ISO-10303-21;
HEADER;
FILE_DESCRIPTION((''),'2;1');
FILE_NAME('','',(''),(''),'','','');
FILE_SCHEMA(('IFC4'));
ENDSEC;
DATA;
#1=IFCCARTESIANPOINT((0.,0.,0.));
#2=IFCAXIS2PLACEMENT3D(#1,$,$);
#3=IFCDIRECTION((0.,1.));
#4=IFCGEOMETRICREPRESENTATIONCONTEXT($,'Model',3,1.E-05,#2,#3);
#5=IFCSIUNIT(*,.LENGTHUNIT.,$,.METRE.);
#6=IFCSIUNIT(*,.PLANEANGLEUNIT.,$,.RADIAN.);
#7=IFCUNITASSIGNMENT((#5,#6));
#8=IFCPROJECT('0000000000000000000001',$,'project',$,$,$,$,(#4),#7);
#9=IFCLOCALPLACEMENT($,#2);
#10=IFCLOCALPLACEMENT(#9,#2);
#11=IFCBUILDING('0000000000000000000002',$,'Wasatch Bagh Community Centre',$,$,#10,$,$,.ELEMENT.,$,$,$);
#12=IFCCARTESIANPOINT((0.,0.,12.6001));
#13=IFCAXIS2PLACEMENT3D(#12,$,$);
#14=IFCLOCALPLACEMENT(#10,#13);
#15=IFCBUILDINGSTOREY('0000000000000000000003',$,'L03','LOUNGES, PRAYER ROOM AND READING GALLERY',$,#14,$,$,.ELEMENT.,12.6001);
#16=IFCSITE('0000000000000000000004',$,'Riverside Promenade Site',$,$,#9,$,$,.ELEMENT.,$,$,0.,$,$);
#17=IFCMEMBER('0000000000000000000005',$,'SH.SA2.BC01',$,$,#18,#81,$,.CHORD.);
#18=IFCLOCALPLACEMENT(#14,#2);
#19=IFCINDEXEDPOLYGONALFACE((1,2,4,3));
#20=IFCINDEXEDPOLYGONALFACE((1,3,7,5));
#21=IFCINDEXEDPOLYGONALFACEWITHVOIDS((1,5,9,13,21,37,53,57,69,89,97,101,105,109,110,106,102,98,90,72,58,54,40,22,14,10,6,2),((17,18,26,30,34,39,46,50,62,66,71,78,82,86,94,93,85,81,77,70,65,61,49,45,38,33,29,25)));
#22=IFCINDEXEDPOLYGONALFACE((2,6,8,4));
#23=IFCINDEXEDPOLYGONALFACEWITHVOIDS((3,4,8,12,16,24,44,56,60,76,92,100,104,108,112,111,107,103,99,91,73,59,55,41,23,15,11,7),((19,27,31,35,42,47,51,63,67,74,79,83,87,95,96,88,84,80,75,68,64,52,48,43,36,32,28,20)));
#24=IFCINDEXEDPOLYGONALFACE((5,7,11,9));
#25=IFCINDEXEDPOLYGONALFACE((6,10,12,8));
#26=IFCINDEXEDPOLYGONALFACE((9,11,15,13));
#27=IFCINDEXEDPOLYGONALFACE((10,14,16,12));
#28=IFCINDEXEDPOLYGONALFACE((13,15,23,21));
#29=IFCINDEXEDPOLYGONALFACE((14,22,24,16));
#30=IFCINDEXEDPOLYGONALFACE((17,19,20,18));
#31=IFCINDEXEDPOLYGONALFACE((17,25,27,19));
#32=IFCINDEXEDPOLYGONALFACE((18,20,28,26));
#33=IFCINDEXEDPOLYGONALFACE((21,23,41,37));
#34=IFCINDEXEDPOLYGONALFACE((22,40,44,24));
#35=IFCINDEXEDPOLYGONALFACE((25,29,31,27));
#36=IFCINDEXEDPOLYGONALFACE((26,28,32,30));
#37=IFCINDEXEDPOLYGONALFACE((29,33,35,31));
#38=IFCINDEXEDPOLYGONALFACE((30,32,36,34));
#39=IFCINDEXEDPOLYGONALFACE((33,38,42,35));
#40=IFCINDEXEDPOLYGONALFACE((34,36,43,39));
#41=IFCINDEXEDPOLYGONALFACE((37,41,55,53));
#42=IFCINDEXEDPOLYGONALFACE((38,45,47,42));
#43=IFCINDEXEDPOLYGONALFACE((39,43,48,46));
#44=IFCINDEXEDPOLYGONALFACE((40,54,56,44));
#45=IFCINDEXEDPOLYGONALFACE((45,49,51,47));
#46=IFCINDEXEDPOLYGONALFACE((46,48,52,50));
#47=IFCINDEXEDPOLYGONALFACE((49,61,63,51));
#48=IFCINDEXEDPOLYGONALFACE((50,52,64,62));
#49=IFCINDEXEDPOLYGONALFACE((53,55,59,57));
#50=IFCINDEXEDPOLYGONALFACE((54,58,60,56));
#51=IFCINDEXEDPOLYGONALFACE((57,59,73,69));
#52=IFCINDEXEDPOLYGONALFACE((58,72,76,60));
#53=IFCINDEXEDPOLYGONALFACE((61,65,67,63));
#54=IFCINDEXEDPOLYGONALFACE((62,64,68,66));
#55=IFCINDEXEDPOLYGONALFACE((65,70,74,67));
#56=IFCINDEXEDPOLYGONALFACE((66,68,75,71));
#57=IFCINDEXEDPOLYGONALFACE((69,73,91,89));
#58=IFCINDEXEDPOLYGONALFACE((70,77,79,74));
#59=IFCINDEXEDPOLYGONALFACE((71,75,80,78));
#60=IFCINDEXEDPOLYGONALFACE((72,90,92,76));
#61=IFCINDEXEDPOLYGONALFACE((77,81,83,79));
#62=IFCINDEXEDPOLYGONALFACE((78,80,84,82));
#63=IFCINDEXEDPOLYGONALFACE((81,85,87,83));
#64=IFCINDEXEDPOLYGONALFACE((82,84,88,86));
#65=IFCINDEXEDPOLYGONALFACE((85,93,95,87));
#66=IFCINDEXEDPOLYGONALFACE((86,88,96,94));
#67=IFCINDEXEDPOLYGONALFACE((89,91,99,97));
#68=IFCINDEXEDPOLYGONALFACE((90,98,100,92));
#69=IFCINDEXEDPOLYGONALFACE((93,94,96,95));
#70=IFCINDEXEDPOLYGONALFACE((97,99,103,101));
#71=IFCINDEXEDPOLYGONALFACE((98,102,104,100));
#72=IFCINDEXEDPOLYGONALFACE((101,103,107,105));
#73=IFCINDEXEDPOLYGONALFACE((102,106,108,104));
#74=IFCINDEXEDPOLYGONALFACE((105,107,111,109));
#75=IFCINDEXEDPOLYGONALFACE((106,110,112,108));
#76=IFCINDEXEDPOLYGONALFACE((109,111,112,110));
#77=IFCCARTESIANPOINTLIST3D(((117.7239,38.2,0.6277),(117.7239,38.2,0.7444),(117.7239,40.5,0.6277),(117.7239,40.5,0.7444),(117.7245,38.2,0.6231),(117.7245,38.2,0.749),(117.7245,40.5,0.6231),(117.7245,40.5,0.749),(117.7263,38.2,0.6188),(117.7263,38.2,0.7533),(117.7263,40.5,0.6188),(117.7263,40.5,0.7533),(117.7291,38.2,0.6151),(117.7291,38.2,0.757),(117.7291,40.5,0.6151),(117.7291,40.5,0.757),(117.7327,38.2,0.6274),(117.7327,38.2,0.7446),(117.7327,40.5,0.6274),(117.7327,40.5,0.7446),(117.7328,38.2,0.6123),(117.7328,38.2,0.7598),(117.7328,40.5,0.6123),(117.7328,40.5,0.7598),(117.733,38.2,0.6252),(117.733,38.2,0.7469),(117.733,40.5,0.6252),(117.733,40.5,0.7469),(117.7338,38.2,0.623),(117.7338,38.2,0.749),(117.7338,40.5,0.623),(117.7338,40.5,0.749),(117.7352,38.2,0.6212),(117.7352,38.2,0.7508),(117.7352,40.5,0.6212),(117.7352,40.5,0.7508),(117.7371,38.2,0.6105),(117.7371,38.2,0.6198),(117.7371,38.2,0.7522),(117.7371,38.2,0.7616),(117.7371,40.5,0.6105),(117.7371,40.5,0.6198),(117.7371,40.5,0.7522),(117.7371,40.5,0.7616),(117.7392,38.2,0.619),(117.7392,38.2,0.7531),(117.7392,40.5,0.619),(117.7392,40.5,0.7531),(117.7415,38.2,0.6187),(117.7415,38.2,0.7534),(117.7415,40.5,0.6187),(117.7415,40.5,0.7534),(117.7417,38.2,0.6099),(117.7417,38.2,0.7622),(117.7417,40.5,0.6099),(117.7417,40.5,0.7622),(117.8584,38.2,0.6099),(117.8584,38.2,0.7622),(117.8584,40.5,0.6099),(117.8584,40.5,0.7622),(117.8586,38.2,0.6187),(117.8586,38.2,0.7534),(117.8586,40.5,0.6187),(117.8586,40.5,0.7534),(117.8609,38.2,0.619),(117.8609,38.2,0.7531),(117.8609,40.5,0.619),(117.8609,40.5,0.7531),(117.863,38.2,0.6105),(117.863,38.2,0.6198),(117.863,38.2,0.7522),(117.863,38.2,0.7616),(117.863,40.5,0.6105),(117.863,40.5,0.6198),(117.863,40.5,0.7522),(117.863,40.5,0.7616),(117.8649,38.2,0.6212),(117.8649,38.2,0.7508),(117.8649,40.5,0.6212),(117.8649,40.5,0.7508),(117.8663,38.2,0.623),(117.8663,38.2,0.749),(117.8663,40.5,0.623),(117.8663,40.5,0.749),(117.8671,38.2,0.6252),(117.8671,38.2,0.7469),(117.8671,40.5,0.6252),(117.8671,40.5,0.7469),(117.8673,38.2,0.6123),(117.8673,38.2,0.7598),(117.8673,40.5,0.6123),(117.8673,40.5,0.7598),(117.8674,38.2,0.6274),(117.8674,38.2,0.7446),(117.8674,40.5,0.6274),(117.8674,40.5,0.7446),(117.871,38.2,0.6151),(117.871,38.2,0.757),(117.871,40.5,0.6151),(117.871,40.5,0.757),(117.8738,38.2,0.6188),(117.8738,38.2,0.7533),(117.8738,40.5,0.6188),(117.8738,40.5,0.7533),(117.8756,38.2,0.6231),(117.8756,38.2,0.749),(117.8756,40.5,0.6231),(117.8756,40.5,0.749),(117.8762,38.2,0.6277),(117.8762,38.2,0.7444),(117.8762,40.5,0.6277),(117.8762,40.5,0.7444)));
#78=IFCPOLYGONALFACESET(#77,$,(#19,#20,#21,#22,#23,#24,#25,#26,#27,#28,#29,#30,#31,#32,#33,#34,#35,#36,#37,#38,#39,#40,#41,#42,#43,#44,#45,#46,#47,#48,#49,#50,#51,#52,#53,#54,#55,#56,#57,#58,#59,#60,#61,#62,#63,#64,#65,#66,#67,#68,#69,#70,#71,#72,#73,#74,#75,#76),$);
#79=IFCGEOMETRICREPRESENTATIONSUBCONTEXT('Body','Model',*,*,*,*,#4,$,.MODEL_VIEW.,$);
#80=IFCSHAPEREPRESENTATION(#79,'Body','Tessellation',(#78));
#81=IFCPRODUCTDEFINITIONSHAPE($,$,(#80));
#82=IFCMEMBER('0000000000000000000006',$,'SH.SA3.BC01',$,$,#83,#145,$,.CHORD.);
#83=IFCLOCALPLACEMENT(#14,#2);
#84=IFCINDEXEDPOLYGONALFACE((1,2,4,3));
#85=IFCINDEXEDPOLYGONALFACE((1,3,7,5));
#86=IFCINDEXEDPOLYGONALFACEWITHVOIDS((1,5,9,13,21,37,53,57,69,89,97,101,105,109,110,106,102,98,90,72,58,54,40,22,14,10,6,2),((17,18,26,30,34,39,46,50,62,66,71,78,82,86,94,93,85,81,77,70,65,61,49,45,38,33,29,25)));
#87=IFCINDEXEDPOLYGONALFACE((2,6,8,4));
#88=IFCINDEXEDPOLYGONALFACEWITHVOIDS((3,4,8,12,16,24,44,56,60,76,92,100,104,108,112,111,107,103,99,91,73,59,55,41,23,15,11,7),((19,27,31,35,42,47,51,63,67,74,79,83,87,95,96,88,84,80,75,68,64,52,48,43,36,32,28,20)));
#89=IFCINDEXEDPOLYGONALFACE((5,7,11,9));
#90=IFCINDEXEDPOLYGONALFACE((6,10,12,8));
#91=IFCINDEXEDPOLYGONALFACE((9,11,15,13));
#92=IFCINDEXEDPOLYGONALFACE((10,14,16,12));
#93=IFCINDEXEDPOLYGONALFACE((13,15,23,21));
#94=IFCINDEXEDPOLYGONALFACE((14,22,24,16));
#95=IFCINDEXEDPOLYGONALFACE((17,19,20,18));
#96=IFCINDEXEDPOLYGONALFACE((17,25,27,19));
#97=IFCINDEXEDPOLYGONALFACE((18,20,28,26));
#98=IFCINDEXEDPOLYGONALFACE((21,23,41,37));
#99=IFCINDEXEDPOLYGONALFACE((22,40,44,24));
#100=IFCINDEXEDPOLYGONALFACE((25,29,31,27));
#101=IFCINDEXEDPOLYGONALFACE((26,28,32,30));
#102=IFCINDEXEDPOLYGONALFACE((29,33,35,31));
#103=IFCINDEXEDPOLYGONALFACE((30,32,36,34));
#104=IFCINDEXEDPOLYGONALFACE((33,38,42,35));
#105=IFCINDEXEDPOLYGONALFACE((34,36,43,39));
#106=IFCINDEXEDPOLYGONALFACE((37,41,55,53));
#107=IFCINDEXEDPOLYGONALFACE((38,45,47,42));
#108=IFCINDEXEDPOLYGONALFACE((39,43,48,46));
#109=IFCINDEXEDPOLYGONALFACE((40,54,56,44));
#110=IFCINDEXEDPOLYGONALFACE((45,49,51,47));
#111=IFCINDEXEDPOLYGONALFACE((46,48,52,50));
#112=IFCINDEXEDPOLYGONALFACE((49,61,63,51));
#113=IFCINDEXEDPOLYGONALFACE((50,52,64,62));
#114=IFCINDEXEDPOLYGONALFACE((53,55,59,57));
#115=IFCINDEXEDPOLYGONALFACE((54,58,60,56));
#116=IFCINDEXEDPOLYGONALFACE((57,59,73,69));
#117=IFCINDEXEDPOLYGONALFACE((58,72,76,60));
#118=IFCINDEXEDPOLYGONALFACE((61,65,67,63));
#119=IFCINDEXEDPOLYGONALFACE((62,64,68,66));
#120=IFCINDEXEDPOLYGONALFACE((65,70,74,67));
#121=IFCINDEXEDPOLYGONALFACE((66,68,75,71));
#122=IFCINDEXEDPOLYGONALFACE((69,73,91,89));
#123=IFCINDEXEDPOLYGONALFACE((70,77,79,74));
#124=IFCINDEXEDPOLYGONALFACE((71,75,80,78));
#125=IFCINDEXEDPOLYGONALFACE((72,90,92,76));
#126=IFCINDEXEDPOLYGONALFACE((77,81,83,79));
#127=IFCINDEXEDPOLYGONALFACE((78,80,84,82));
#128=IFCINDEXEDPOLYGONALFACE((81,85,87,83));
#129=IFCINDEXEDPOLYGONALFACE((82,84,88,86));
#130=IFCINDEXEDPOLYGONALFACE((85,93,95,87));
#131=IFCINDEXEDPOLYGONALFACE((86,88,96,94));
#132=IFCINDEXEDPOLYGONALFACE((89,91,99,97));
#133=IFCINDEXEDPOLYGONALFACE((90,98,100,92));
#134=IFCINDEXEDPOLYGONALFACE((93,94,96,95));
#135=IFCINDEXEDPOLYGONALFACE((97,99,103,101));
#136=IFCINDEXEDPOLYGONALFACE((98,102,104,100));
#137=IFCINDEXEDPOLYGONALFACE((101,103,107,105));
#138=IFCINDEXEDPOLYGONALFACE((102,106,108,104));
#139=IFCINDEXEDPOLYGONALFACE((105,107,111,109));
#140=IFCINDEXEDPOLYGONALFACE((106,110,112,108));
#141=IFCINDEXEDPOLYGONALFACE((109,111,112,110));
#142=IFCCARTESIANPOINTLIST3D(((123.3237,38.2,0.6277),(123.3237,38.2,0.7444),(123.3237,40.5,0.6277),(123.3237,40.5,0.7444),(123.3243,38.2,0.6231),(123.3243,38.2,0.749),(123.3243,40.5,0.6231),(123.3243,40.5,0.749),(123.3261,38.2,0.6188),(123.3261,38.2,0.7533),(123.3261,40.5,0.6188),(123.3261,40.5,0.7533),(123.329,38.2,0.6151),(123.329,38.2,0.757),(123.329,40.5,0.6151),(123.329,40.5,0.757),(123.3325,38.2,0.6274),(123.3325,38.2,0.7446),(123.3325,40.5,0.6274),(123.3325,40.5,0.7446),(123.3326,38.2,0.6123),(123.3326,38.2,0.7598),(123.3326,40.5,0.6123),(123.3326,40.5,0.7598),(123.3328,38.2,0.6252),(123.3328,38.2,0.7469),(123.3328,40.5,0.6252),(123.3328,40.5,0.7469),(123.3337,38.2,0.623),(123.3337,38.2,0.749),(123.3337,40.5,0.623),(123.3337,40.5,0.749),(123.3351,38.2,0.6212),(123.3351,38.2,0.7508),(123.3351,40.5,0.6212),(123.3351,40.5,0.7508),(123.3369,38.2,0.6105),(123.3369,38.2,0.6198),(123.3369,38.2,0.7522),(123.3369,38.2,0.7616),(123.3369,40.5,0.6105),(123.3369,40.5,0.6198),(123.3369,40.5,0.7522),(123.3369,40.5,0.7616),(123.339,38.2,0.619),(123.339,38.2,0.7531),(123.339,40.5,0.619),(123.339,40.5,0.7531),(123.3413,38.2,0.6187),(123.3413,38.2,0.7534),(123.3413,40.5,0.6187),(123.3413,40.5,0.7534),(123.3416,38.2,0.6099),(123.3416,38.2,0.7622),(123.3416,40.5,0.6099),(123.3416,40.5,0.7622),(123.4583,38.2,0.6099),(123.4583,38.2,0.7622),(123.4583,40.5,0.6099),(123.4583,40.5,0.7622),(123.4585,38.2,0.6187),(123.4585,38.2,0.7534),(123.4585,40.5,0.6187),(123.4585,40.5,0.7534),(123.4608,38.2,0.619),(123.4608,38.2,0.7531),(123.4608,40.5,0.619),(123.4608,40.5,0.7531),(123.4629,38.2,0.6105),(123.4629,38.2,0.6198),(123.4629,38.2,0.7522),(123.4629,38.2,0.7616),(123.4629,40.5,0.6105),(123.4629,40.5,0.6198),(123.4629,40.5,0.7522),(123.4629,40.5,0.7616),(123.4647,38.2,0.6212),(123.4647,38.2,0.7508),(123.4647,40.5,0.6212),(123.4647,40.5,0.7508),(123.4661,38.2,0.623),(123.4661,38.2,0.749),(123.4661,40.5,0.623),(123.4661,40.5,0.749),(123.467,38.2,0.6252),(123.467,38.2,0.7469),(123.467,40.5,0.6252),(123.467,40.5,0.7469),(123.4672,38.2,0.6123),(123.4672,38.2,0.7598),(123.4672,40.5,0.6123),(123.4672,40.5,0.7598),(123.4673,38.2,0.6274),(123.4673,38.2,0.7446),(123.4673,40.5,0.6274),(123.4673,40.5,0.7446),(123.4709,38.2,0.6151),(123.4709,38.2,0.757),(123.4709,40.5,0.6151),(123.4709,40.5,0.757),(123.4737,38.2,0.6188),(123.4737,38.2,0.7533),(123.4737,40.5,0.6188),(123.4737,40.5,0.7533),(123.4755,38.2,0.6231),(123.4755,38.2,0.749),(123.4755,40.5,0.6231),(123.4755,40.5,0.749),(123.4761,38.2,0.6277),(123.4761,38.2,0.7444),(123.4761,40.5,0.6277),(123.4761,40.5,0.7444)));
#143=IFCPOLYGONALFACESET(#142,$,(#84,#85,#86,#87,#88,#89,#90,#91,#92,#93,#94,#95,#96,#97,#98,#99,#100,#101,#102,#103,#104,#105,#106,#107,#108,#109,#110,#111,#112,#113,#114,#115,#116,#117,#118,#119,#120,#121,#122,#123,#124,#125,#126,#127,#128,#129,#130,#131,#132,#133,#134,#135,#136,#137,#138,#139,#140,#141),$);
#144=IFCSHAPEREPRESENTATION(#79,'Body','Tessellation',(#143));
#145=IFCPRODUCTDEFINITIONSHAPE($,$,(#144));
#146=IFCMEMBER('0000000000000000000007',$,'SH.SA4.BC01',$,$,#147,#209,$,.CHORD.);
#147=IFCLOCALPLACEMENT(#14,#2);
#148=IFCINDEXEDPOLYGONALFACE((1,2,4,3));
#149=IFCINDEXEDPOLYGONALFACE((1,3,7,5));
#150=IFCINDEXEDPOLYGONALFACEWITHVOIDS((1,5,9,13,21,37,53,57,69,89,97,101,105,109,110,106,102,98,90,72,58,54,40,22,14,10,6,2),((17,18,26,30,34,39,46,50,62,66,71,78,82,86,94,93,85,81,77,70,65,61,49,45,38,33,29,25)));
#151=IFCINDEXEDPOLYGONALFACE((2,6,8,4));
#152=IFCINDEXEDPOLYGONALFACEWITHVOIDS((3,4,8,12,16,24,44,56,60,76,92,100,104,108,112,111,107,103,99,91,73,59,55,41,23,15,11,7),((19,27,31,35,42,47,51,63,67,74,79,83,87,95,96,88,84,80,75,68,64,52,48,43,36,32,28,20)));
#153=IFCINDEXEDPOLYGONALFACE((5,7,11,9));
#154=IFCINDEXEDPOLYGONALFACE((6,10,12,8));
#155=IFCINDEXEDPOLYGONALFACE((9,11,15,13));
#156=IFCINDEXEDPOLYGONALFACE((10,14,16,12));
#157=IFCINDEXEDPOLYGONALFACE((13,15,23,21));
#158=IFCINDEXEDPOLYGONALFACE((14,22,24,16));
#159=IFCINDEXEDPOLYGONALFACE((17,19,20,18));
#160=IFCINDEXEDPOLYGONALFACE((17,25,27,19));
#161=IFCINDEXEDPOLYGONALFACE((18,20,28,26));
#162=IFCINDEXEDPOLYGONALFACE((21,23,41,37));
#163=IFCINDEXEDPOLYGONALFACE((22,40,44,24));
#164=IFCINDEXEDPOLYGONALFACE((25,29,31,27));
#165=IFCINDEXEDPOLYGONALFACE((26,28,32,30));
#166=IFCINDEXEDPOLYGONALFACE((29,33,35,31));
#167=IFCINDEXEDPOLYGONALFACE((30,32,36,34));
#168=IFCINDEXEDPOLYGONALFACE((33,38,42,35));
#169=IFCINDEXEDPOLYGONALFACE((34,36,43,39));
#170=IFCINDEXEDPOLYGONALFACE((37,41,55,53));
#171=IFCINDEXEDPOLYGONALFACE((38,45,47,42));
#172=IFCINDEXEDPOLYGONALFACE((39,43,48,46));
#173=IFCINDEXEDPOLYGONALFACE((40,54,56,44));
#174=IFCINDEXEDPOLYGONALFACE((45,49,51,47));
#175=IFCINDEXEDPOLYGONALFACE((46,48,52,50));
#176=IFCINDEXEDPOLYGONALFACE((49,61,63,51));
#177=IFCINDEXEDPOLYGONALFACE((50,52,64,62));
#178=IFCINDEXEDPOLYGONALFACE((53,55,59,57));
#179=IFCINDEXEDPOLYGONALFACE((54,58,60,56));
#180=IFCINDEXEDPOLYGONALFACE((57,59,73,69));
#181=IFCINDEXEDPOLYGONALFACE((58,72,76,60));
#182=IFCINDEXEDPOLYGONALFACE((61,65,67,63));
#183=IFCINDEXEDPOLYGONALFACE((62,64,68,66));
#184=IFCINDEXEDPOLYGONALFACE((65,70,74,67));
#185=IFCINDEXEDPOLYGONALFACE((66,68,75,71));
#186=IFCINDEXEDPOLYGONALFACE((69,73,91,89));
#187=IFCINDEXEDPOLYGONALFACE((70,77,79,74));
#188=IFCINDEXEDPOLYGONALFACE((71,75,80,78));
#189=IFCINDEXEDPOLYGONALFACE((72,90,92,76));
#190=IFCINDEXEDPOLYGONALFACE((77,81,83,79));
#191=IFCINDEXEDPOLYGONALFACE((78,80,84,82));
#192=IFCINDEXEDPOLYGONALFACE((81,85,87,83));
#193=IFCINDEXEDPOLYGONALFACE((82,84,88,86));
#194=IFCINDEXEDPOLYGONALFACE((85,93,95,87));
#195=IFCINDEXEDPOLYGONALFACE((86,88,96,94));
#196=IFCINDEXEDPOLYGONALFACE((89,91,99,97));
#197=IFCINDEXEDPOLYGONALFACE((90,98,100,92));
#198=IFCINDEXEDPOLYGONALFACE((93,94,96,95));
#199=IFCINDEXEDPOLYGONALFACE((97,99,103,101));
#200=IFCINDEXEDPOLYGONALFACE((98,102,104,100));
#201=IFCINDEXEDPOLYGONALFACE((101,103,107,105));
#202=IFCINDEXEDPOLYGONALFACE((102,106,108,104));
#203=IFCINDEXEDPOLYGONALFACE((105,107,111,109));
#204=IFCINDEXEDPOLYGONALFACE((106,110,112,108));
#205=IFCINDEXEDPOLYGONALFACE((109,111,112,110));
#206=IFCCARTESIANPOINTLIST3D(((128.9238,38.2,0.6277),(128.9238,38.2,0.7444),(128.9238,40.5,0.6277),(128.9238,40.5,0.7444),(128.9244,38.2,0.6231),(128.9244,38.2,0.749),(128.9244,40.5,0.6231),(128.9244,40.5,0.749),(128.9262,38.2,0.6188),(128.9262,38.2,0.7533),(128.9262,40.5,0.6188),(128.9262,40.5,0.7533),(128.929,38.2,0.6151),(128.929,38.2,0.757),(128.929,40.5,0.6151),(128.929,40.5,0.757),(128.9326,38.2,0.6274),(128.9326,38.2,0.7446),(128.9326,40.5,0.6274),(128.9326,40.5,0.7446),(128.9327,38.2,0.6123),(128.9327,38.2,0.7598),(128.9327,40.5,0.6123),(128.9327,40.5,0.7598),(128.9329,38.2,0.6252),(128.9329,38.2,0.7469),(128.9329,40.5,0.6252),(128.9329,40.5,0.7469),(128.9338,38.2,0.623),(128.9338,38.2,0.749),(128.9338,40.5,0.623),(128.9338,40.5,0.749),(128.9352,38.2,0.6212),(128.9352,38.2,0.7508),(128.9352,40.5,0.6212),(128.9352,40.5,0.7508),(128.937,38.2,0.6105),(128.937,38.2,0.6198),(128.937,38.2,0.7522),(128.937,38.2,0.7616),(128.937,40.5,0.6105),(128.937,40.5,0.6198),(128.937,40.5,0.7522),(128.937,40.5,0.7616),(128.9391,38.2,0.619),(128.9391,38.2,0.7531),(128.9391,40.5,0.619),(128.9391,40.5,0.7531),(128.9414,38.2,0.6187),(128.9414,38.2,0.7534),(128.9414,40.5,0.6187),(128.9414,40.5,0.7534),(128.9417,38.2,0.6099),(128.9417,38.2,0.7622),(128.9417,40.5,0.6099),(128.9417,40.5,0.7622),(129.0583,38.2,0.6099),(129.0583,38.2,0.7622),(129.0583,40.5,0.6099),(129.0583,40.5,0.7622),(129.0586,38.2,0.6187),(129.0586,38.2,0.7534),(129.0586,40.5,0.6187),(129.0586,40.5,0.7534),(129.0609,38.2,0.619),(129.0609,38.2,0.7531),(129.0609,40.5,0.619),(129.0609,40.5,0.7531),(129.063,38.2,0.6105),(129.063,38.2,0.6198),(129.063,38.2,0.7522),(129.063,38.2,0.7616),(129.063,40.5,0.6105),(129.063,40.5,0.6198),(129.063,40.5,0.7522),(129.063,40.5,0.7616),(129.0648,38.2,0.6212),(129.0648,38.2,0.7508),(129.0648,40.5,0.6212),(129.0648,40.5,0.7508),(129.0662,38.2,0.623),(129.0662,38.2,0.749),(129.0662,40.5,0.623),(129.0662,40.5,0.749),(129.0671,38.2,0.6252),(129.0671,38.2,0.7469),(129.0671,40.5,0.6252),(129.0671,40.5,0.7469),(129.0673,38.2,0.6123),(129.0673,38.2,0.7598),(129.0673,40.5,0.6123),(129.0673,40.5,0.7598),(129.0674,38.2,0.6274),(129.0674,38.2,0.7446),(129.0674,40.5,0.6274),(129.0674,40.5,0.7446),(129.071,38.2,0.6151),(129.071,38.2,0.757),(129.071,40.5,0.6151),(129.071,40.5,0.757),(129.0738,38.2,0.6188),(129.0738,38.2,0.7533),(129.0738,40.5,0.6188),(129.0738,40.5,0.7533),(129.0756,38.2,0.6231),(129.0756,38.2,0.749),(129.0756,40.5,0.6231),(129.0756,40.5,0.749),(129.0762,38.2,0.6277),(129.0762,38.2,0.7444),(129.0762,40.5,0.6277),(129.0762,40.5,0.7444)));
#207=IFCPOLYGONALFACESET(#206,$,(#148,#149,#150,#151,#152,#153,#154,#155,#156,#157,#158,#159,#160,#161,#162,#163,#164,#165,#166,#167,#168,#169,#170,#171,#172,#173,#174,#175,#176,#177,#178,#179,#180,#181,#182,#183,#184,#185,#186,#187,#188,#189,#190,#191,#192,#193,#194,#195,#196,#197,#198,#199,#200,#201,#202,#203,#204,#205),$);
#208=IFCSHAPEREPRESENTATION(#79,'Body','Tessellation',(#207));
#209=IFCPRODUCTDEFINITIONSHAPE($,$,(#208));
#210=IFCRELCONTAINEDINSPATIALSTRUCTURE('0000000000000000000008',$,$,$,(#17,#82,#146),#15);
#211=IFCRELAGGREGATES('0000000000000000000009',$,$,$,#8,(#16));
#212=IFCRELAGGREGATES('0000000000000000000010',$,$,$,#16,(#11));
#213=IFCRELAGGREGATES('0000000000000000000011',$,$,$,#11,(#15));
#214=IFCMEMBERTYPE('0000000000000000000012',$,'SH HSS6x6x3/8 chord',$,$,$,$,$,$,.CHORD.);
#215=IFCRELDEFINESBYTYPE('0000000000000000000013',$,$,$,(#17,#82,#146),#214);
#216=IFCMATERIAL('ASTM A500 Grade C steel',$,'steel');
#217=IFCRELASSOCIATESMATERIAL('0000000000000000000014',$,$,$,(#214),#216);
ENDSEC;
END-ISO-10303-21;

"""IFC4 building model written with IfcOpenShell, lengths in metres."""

from ifc_helpers import new_model, si_unit, direction, frame, origin, origin_2d, place, context, subcontext, project, spatial, hollow_rectangle, extrude, material, material_profile, profile_set, type_object, element, save


model = new_model("IFC4")

# Units and contexts
model_context = context("Model", 3, precision=1e-05, world=origin(), true_north=direction((0.0, 1.0)))
body_context = subcontext(model_context, "Body", "Model", "MODEL_VIEW")
ifc_project = project(units=[si_unit("LENGTHUNIT", "METRE"), si_unit("PLANEANGLEUNIT", "RADIAN")], contexts=[model_context])

# Site, building, storey
site_placement = place(None, origin())
site = spatial("IfcSite", under=ifc_project, at=site_placement, Name="Riverside Promenade Site", CompositionType="ELEMENT", RefElevation=0.0)
building_placement = place(site_placement, origin())
building = spatial("IfcBuilding", under=site, at=building_placement, Name="Wasatch Bagh Community Centre", CompositionType="ELEMENT")
storey_placement = place(building_placement, frame((0.0, 0.0, 12.6001)))
storey = spatial("IfcBuildingStorey", under=building, at=storey_placement, Name="L03", Description="LOUNGES, PRAYER ROOM AND READING GALLERY", CompositionType="ELEMENT", Elevation=12.6001)

# Members
ifc_material_1 = material(Name="ASTM A500 Grade C steel", Category="steel")
ifc_material_profile_1 = material_profile(ifc_material_1, hollow_rectangle(XDim=0.1523, YDim=0.1523, WallThickness=0.0088, InnerFilletRadius=0.0088, OuterFilletRadius=0.0178, at=origin_2d()), Name="HSS6x6x3/8")
ifc_profile_set_1 = profile_set([ifc_material_profile_1], Name="ASTM A500 Grade C steel")
member_type_1 = type_object("IfcMemberType", Name="SH HSS6x6x3/8 chord", PredefinedType="CHORD", material=ifc_profile_set_1)
for number, where, z_axis, x_axis, name in (
    (1, (117.8, 38.2, 0.686), (0.0, 1.0, 0.0), (-1.0, 0.0, 0.0), "SH.SA2.BC01"),
    (2, (123.3999, 38.2, 0.686), (0.0, 1.0, 0.0), (-1.0, 0.0, 0.0), "SH.SA3.BC01"),
    (3, (129.0, 38.2, 0.686), (0.0, 1.0, 0.0), (-1.0, 0.0, 0.0), "SH.SA4.BC01"),
):
    element("IfcMember", number, at=place(storey_placement, frame(where, z_axis=z_axis, x_axis=x_axis)), inside=storey, type_object=member_type_1, Name=name, PredefinedType="CHORD", context=body_context, shape_type="SweptSolid", body=[
        extrude(hollow_rectangle(XDim=0.1523, YDim=0.1523, WallThickness=0.0088, InnerFilletRadius=0.0088, OuterFilletRadius=0.0178, at=origin_2d()), origin(), (0.0, 0.0, 1.0), 2.3),
    ])

save(model, "model.ifc")
